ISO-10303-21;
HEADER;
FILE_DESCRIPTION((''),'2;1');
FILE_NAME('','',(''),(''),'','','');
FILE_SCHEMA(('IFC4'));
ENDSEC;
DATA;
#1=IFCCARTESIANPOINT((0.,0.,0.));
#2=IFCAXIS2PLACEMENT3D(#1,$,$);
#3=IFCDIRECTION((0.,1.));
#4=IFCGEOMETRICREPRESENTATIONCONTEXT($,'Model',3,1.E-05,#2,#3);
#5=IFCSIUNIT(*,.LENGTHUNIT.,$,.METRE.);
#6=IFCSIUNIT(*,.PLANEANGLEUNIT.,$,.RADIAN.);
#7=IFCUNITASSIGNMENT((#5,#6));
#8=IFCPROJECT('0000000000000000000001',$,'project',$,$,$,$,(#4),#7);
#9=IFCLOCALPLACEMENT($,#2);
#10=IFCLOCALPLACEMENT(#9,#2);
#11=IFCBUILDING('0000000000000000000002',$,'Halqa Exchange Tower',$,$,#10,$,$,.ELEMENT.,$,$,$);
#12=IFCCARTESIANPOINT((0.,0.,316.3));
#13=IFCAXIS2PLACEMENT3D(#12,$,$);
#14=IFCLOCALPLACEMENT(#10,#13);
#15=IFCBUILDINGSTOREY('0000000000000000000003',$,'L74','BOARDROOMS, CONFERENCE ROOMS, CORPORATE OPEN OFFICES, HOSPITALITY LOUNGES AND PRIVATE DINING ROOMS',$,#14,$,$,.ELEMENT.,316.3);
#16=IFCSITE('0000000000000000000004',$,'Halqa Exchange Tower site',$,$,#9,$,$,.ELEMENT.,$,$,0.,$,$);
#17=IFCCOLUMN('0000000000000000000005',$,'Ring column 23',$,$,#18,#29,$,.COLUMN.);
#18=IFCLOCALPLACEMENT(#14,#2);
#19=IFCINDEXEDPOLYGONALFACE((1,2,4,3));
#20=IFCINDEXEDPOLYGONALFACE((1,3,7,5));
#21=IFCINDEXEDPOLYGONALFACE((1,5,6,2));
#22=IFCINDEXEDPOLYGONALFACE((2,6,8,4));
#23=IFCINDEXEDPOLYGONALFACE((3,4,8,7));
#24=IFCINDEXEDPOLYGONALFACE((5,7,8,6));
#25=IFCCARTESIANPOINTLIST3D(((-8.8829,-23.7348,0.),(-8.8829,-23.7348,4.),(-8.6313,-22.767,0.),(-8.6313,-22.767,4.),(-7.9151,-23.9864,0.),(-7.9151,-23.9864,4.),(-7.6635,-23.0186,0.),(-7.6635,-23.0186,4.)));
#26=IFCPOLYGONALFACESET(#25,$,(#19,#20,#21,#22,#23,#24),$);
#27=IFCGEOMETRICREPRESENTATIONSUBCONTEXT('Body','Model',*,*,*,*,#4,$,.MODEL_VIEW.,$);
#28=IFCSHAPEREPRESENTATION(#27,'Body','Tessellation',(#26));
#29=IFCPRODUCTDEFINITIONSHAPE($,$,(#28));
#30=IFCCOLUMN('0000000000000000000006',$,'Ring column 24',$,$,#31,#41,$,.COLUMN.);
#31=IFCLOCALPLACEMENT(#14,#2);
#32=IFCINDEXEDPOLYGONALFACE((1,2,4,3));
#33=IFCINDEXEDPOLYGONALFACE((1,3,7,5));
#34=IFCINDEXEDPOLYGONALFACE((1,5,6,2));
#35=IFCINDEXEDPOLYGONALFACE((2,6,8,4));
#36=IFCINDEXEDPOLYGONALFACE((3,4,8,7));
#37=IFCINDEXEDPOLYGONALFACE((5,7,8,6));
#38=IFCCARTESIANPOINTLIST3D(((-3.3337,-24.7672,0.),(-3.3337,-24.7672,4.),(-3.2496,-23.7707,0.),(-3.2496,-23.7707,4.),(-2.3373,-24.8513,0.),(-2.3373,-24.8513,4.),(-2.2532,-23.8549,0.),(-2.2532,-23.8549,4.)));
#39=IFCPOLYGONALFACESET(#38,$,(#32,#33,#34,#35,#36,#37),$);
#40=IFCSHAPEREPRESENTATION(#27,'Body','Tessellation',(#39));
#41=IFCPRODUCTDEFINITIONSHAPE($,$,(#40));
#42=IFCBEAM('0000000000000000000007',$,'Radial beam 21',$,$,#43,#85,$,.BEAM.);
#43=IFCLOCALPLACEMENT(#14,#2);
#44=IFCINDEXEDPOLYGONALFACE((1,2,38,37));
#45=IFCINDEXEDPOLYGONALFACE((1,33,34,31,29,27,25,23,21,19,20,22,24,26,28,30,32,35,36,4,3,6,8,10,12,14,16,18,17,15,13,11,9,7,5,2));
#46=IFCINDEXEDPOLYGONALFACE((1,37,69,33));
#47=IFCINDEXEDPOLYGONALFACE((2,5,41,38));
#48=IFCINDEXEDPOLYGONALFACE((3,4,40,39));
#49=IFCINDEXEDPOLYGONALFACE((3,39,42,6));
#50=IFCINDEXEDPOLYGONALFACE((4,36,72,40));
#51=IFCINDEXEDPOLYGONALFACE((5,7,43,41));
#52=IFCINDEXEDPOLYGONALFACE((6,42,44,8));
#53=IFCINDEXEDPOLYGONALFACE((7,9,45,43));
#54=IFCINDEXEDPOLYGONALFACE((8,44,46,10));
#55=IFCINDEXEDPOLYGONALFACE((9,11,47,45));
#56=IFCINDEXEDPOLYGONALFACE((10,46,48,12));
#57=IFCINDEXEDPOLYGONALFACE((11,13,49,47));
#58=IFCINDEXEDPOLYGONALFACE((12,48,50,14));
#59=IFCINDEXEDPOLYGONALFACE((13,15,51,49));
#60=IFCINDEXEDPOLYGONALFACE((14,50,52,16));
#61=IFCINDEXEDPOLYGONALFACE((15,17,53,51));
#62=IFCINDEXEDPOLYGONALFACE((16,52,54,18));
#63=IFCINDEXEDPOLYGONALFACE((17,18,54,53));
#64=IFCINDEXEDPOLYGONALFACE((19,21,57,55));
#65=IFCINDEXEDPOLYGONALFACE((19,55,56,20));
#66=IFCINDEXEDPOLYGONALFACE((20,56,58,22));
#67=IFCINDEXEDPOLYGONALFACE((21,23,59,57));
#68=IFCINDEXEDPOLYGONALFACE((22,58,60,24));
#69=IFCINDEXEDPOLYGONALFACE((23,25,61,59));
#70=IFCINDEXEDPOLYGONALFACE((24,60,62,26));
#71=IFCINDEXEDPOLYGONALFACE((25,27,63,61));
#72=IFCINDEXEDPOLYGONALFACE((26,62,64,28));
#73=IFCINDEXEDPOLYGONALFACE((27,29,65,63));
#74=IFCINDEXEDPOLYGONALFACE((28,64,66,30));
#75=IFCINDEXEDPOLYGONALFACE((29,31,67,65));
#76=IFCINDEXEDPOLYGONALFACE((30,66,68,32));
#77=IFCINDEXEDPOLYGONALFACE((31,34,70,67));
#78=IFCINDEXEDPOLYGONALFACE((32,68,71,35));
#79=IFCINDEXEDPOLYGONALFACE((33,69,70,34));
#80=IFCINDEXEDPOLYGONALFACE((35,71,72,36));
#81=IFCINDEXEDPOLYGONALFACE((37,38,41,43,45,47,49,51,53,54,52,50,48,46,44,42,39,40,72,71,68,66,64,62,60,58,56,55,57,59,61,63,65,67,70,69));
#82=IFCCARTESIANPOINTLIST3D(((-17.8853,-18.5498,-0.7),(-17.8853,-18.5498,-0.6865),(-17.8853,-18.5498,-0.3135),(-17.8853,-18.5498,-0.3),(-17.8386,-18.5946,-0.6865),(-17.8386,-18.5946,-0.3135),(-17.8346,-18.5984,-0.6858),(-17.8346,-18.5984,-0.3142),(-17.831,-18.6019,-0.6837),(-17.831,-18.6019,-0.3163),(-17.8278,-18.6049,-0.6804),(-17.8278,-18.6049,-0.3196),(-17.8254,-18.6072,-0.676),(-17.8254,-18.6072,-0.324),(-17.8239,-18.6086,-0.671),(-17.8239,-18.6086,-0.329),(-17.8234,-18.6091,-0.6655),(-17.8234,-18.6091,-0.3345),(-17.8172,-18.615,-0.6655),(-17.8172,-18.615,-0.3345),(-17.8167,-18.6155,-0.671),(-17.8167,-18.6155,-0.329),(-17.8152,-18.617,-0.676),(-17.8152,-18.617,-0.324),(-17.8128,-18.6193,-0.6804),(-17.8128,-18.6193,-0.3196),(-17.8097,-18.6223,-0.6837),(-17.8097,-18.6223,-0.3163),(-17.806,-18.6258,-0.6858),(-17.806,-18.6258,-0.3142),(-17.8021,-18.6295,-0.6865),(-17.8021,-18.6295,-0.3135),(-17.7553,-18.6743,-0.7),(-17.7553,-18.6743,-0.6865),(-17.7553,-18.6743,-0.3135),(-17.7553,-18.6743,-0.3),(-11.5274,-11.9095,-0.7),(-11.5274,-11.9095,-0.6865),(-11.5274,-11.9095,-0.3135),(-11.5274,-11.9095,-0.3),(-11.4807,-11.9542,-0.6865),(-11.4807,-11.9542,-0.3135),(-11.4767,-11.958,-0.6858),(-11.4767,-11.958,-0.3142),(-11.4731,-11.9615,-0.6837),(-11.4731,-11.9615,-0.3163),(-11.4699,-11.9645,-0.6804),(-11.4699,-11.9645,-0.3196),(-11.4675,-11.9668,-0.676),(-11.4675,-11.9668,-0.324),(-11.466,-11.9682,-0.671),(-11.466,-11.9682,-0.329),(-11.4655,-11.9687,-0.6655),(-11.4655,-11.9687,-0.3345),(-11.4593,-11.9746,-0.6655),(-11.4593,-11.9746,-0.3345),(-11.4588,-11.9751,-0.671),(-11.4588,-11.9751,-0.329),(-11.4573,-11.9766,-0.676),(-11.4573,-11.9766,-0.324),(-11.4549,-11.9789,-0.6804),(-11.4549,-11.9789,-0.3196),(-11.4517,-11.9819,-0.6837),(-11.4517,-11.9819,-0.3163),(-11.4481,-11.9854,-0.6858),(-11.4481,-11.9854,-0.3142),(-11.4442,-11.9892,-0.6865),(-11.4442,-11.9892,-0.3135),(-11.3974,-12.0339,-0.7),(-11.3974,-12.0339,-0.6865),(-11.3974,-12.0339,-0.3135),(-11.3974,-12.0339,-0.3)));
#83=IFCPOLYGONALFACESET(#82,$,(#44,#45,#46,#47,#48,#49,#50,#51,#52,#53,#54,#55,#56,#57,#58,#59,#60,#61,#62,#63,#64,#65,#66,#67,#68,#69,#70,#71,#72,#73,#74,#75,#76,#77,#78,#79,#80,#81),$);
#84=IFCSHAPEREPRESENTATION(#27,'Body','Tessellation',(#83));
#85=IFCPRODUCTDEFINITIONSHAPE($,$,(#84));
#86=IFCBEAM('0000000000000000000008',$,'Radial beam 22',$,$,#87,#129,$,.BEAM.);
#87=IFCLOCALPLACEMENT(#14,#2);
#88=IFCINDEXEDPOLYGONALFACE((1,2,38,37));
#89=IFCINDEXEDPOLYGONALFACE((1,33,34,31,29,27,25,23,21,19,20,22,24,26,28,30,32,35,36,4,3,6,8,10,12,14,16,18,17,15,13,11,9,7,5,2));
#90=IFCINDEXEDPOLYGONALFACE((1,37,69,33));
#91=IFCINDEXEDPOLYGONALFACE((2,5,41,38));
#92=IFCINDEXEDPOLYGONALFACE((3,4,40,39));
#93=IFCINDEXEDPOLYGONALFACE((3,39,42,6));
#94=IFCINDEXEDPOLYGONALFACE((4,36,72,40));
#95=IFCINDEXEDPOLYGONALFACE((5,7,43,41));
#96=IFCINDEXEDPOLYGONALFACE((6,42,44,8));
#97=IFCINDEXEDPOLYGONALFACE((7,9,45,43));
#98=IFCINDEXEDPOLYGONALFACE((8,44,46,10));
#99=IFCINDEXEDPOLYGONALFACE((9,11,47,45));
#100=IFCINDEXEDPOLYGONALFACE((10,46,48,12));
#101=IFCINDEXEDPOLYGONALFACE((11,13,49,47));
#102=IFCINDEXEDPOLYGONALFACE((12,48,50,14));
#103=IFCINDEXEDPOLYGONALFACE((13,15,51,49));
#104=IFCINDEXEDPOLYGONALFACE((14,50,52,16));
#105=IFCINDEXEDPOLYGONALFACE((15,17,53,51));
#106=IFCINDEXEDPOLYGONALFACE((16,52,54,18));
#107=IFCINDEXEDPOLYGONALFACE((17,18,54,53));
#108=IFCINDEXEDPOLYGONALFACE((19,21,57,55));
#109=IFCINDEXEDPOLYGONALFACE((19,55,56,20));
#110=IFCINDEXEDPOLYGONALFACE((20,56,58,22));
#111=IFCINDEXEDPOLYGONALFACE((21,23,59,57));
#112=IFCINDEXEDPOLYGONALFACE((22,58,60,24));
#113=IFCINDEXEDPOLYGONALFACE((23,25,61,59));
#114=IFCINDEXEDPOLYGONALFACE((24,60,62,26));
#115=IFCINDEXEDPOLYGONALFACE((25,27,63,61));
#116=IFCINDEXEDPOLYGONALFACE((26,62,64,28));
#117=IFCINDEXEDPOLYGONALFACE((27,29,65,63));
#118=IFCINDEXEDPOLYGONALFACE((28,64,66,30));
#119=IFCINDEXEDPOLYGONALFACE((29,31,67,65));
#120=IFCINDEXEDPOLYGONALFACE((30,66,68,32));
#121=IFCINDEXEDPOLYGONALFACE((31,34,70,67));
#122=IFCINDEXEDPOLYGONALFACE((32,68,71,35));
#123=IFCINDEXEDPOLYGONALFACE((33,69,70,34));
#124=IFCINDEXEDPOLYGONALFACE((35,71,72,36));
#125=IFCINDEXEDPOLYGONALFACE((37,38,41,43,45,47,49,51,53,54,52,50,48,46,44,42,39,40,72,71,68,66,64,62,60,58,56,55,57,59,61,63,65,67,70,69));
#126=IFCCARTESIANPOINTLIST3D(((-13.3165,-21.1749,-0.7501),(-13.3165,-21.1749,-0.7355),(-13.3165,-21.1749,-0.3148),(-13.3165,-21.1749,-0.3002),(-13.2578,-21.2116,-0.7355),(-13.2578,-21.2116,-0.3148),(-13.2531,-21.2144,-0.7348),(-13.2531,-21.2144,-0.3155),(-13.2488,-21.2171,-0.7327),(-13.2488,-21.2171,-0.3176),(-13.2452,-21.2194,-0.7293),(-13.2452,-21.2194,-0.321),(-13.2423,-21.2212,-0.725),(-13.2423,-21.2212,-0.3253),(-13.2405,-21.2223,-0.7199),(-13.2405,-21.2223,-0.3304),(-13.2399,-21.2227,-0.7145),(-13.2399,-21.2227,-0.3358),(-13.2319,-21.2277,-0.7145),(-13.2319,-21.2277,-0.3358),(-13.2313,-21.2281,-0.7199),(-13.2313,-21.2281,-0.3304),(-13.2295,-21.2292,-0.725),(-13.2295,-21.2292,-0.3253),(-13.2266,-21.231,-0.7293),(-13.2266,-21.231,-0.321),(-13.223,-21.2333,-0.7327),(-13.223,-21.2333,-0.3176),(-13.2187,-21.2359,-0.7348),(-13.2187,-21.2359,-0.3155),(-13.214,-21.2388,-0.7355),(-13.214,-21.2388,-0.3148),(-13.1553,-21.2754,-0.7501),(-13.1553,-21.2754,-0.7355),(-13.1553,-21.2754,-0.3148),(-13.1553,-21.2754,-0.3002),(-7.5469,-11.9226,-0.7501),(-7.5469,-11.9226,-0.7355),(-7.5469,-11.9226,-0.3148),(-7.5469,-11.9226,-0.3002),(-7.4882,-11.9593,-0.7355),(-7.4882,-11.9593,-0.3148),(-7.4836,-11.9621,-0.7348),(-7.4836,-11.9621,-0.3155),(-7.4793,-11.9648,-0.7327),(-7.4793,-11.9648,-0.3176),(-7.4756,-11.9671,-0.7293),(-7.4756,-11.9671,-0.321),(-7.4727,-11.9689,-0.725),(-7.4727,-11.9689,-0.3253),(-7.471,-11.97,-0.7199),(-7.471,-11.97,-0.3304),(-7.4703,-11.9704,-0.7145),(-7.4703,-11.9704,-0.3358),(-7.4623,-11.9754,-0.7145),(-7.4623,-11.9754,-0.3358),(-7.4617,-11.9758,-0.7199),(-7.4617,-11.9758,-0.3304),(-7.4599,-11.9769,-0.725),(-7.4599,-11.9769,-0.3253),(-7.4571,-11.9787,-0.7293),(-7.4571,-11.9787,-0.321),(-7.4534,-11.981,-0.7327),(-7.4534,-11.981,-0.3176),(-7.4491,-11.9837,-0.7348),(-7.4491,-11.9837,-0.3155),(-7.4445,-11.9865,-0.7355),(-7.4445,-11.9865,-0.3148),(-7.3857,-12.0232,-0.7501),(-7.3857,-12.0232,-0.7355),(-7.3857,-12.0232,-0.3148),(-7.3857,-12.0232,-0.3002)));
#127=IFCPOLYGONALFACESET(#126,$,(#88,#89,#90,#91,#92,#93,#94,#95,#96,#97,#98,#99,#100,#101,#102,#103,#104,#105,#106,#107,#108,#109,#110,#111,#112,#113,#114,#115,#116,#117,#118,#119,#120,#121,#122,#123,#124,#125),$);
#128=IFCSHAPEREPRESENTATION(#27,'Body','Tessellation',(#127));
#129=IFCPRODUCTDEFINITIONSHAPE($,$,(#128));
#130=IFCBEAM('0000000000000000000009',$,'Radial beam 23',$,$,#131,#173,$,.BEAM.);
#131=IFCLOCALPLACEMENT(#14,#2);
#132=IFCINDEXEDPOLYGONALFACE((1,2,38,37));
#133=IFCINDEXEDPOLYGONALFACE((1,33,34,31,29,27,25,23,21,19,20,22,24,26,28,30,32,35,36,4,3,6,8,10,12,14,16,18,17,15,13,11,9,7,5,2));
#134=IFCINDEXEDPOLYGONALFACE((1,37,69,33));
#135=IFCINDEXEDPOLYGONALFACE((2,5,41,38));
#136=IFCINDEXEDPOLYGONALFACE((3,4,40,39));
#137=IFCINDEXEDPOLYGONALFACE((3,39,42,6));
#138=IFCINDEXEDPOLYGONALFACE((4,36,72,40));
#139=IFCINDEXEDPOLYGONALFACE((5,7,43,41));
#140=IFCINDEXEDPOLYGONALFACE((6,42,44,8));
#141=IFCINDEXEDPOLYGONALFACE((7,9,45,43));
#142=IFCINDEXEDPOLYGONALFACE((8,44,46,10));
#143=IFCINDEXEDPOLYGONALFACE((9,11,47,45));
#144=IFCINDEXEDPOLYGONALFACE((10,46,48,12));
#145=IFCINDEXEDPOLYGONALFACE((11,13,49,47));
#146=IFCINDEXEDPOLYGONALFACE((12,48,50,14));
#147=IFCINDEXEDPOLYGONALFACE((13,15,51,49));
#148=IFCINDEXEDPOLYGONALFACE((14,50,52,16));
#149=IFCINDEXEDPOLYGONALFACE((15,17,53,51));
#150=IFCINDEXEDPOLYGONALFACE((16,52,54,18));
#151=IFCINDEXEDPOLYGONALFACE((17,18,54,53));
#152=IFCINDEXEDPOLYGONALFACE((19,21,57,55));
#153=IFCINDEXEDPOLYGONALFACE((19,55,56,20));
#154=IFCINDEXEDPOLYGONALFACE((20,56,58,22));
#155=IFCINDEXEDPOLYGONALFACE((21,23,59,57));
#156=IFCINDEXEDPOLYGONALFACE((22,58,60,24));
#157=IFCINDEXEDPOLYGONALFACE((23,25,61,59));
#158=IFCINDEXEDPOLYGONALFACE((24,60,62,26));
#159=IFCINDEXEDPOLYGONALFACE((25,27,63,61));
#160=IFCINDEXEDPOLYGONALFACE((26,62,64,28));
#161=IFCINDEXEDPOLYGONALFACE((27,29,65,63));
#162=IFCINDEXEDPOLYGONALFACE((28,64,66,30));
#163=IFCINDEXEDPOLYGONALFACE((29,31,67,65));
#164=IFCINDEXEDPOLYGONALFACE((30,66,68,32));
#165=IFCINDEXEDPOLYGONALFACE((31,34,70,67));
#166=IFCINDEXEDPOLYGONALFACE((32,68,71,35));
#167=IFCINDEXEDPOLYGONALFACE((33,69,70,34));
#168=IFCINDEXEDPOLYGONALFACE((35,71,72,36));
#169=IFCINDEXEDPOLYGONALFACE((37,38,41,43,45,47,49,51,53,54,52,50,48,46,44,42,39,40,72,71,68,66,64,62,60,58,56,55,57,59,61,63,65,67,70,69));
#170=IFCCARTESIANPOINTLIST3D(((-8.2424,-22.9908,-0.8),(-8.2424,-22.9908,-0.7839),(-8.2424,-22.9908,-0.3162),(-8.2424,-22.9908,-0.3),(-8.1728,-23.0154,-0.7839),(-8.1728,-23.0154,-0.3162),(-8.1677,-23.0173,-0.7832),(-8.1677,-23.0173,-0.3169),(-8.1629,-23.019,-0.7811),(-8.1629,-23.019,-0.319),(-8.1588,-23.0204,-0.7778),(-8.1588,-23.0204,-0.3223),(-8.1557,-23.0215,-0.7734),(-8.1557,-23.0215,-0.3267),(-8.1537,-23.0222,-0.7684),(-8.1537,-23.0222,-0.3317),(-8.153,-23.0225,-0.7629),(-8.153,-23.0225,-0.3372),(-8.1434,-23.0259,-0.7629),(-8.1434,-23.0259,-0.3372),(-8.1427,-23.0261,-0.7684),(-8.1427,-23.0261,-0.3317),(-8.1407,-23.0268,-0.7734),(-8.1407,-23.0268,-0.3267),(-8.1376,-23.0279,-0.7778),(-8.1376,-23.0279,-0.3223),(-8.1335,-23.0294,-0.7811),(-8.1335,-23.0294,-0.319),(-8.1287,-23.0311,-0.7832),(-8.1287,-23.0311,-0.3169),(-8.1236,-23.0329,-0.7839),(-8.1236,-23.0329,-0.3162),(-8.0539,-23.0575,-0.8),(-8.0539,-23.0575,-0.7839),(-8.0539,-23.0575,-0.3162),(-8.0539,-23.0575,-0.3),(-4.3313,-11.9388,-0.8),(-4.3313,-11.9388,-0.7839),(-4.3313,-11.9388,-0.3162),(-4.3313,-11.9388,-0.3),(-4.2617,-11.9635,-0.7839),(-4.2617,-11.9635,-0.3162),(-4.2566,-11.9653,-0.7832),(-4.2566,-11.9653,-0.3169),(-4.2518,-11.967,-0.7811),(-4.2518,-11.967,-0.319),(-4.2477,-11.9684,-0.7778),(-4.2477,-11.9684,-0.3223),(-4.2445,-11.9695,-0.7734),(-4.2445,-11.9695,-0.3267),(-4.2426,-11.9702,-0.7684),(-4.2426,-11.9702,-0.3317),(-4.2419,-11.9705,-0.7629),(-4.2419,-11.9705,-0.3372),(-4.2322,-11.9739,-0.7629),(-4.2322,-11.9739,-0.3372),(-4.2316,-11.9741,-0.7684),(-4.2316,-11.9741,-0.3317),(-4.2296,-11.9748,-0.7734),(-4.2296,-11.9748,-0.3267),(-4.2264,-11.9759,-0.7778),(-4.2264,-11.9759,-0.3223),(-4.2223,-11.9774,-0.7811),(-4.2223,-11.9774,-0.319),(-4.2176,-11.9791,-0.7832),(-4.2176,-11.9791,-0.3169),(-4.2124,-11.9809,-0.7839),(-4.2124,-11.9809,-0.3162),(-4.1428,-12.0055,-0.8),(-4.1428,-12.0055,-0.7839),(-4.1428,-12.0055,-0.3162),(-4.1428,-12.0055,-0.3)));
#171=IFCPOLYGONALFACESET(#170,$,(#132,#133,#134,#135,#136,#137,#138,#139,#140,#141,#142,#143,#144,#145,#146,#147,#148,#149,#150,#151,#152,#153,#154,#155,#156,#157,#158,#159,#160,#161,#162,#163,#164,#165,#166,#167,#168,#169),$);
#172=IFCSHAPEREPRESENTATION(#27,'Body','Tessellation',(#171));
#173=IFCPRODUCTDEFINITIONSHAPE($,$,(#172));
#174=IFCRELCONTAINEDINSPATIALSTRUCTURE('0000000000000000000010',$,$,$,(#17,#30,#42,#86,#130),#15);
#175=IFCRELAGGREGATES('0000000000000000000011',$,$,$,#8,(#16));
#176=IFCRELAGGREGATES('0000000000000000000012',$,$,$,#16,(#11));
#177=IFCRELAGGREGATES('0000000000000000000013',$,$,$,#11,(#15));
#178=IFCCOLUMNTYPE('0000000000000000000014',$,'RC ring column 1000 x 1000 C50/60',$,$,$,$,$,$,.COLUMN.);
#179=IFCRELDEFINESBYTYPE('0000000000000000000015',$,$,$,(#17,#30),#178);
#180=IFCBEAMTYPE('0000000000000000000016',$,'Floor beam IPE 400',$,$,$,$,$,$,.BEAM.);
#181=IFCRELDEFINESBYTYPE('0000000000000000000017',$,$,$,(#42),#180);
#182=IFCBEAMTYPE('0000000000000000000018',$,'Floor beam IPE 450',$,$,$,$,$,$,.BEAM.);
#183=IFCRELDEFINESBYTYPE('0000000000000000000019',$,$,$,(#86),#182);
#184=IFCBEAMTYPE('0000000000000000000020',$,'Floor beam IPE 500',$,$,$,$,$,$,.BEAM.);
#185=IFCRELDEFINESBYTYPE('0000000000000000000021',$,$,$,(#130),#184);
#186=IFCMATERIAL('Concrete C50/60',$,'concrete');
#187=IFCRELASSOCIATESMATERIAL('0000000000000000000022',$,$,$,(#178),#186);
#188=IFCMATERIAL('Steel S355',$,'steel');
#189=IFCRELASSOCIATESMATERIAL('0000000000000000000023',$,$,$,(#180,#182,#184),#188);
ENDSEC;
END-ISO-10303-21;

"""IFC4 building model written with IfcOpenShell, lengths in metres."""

from ifc_helpers import new_model, si_unit, direction, frame, origin, origin_2d, place, context, subcontext, project, spatial, rectangle, i_section, extrude, material, material_profile, profile_set, type_object, element, save


model = new_model("IFC4")

# Units and contexts
model_context = context("Model", 3, precision=1e-05, world=origin(), true_north=direction((0.0, 1.0)))
body_context = subcontext(model_context, "Body", "Model", "MODEL_VIEW")
ifc_project = project(units=[si_unit("LENGTHUNIT", "METRE"), si_unit("PLANEANGLEUNIT", "RADIAN")], contexts=[model_context])

# Site, building, storey
site_placement = place(None, origin())
site = spatial("IfcSite", under=ifc_project, at=site_placement, Name="Halqa Exchange Tower site", CompositionType="ELEMENT", RefElevation=0.0)
building_placement = place(site_placement, origin())
building = spatial("IfcBuilding", under=site, at=building_placement, Name="Halqa Exchange Tower", CompositionType="ELEMENT")
storey_placement = place(building_placement, frame((0.0, 0.0, 316.3)))
storey = spatial("IfcBuildingStorey", under=building, at=storey_placement, Name="L74", Description="BOARDROOMS, CONFERENCE ROOMS, CORPORATE OPEN OFFICES, HOSPITALITY LOUNGES AND PRIVATE DINING ROOMS", CompositionType="ELEMENT", Elevation=316.3)

# Columns
ifc_material_1 = material(Name="Concrete C50/60", Category="concrete")
ifc_material_profile_1 = material_profile(ifc_material_1, rectangle(XDim=1.0, YDim=1.0, at=origin_2d()), Name="1000 x 1000")
ifc_profile_set_1 = profile_set([ifc_material_profile_1], Name="Concrete C50/60")
column_type = type_object("IfcColumnType", Name="RC ring column 1000 x 1000 C50/60", PredefinedType="COLUMN", material=ifc_profile_set_1)
for number, where, z_axis, x_axis, name in (
    (1, (-8.2732, -23.3767, 0.0), (0.0, 0.0, 1.0), (0.967819, -0.251647, 0.0), "Ring column 23"),
    (2, (-2.7935, -24.311, 0.0), (0.0, 0.0, 1.0), (0.996455, -0.084127, 0.0), "Ring column 24"),
):
    element("IfcColumn", number, at=place(storey_placement, frame(where, z_axis=z_axis, x_axis=x_axis)), inside=storey, type_object=column_type, Name=name, PredefinedType="COLUMN", context=body_context, shape_type="SweptSolid", body=[
        extrude(rectangle(XDim=1.0, YDim=1.0, at=origin_2d()), origin(), (0.0, 0.0, 1.0), 4.0),
    ])

# Beams
ifc_material_2 = material(Name="Steel S355", Category="steel")
ifc_material_profile_2 = material_profile(ifc_material_2, i_section(OverallWidth=0.1799, OverallDepth=0.3999, WebThickness=0.0085, FlangeThickness=0.0134, FilletRadius=0.021, at=origin_2d()), Name="IPE 400")
ifc_profile_set_2 = profile_set([ifc_material_profile_2], Name="Steel S355")
beam_type_1 = type_object("IfcBeamType", Name="Floor beam IPE 400", PredefinedType="BEAM", material=ifc_profile_set_2)
beam_1_placement = place(storey_placement, frame((-11.4624, -11.9717, -0.5), z_axis=(-0.691577, -0.722303, 0.0), x_axis=(0.722303, -0.691577, 0.0)))
element("IfcBeam", 3, at=beam_1_placement, inside=storey, type_object=beam_type_1, Name="Radial beam 21", PredefinedType="BEAM", context=body_context, shape_type="SweptSolid", body=[
    extrude(i_section(OverallWidth=0.1799, OverallDepth=0.3999, WebThickness=0.0085, FlangeThickness=0.0134, FilletRadius=0.021, at=origin_2d()), origin(), (0.0, 0.0, 1.0), 9.1934),
])
ifc_material_profile_3 = material_profile(ifc_material_2, i_section(OverallWidth=0.1899, OverallDepth=0.45, WebThickness=0.0095, FlangeThickness=0.0146, FilletRadius=0.021, at=origin_2d()), Name="IPE 450")
ifc_profile_set_3 = profile_set([ifc_material_profile_3], Name="Steel S355")
beam_type_2 = type_object("IfcBeamType", Name="Floor beam IPE 450", PredefinedType="BEAM", material=ifc_profile_set_3)
beam_2_placement = place(storey_placement, frame((-7.4663, -11.9729, -0.5251), z_axis=(-0.529135, -0.848538, 0.0), x_axis=(0.848538, -0.529135, 0.0)))
element("IfcBeam", 4, at=beam_2_placement, inside=storey, type_object=beam_type_2, Name="Radial beam 22", PredefinedType="BEAM", context=body_context, shape_type="SweptSolid", body=[
    extrude(i_section(OverallWidth=0.1899, OverallDepth=0.45, WebThickness=0.0095, FlangeThickness=0.0146, FilletRadius=0.021, at=origin_2d()), origin(), (0.0, 0.0, 1.0), 10.9038),
])
ifc_material_profile_4 = material_profile(ifc_material_2, i_section(OverallWidth=0.2, OverallDepth=0.5, WebThickness=0.0103, FlangeThickness=0.0161, FilletRadius=0.021, at=origin_2d()), Name="IPE 500")
ifc_profile_set_4 = profile_set([ifc_material_profile_4], Name="Steel S355")
beam_type_3 = type_object("IfcBeamType", Name="Floor beam IPE 500", PredefinedType="BEAM", material=ifc_profile_set_4)
beam_3_placement = place(storey_placement, frame((-4.2371, -11.9722, -0.55), z_axis=(-0.333611, -0.942711, 0.0), x_axis=(0.942711, -0.333611, 0.0)))
element("IfcBeam", 5, at=beam_3_placement, inside=storey, type_object=beam_type_3, Name="Radial beam 23", PredefinedType="BEAM", context=body_context, shape_type="SweptSolid", body=[
    extrude(i_section(OverallWidth=0.2, OverallDepth=0.5, WebThickness=0.0103, FlangeThickness=0.0161, FilletRadius=0.021, at=origin_2d()), origin(), (0.0, 0.0, 1.0), 11.7236),
])

save(model, "model.ifc")
